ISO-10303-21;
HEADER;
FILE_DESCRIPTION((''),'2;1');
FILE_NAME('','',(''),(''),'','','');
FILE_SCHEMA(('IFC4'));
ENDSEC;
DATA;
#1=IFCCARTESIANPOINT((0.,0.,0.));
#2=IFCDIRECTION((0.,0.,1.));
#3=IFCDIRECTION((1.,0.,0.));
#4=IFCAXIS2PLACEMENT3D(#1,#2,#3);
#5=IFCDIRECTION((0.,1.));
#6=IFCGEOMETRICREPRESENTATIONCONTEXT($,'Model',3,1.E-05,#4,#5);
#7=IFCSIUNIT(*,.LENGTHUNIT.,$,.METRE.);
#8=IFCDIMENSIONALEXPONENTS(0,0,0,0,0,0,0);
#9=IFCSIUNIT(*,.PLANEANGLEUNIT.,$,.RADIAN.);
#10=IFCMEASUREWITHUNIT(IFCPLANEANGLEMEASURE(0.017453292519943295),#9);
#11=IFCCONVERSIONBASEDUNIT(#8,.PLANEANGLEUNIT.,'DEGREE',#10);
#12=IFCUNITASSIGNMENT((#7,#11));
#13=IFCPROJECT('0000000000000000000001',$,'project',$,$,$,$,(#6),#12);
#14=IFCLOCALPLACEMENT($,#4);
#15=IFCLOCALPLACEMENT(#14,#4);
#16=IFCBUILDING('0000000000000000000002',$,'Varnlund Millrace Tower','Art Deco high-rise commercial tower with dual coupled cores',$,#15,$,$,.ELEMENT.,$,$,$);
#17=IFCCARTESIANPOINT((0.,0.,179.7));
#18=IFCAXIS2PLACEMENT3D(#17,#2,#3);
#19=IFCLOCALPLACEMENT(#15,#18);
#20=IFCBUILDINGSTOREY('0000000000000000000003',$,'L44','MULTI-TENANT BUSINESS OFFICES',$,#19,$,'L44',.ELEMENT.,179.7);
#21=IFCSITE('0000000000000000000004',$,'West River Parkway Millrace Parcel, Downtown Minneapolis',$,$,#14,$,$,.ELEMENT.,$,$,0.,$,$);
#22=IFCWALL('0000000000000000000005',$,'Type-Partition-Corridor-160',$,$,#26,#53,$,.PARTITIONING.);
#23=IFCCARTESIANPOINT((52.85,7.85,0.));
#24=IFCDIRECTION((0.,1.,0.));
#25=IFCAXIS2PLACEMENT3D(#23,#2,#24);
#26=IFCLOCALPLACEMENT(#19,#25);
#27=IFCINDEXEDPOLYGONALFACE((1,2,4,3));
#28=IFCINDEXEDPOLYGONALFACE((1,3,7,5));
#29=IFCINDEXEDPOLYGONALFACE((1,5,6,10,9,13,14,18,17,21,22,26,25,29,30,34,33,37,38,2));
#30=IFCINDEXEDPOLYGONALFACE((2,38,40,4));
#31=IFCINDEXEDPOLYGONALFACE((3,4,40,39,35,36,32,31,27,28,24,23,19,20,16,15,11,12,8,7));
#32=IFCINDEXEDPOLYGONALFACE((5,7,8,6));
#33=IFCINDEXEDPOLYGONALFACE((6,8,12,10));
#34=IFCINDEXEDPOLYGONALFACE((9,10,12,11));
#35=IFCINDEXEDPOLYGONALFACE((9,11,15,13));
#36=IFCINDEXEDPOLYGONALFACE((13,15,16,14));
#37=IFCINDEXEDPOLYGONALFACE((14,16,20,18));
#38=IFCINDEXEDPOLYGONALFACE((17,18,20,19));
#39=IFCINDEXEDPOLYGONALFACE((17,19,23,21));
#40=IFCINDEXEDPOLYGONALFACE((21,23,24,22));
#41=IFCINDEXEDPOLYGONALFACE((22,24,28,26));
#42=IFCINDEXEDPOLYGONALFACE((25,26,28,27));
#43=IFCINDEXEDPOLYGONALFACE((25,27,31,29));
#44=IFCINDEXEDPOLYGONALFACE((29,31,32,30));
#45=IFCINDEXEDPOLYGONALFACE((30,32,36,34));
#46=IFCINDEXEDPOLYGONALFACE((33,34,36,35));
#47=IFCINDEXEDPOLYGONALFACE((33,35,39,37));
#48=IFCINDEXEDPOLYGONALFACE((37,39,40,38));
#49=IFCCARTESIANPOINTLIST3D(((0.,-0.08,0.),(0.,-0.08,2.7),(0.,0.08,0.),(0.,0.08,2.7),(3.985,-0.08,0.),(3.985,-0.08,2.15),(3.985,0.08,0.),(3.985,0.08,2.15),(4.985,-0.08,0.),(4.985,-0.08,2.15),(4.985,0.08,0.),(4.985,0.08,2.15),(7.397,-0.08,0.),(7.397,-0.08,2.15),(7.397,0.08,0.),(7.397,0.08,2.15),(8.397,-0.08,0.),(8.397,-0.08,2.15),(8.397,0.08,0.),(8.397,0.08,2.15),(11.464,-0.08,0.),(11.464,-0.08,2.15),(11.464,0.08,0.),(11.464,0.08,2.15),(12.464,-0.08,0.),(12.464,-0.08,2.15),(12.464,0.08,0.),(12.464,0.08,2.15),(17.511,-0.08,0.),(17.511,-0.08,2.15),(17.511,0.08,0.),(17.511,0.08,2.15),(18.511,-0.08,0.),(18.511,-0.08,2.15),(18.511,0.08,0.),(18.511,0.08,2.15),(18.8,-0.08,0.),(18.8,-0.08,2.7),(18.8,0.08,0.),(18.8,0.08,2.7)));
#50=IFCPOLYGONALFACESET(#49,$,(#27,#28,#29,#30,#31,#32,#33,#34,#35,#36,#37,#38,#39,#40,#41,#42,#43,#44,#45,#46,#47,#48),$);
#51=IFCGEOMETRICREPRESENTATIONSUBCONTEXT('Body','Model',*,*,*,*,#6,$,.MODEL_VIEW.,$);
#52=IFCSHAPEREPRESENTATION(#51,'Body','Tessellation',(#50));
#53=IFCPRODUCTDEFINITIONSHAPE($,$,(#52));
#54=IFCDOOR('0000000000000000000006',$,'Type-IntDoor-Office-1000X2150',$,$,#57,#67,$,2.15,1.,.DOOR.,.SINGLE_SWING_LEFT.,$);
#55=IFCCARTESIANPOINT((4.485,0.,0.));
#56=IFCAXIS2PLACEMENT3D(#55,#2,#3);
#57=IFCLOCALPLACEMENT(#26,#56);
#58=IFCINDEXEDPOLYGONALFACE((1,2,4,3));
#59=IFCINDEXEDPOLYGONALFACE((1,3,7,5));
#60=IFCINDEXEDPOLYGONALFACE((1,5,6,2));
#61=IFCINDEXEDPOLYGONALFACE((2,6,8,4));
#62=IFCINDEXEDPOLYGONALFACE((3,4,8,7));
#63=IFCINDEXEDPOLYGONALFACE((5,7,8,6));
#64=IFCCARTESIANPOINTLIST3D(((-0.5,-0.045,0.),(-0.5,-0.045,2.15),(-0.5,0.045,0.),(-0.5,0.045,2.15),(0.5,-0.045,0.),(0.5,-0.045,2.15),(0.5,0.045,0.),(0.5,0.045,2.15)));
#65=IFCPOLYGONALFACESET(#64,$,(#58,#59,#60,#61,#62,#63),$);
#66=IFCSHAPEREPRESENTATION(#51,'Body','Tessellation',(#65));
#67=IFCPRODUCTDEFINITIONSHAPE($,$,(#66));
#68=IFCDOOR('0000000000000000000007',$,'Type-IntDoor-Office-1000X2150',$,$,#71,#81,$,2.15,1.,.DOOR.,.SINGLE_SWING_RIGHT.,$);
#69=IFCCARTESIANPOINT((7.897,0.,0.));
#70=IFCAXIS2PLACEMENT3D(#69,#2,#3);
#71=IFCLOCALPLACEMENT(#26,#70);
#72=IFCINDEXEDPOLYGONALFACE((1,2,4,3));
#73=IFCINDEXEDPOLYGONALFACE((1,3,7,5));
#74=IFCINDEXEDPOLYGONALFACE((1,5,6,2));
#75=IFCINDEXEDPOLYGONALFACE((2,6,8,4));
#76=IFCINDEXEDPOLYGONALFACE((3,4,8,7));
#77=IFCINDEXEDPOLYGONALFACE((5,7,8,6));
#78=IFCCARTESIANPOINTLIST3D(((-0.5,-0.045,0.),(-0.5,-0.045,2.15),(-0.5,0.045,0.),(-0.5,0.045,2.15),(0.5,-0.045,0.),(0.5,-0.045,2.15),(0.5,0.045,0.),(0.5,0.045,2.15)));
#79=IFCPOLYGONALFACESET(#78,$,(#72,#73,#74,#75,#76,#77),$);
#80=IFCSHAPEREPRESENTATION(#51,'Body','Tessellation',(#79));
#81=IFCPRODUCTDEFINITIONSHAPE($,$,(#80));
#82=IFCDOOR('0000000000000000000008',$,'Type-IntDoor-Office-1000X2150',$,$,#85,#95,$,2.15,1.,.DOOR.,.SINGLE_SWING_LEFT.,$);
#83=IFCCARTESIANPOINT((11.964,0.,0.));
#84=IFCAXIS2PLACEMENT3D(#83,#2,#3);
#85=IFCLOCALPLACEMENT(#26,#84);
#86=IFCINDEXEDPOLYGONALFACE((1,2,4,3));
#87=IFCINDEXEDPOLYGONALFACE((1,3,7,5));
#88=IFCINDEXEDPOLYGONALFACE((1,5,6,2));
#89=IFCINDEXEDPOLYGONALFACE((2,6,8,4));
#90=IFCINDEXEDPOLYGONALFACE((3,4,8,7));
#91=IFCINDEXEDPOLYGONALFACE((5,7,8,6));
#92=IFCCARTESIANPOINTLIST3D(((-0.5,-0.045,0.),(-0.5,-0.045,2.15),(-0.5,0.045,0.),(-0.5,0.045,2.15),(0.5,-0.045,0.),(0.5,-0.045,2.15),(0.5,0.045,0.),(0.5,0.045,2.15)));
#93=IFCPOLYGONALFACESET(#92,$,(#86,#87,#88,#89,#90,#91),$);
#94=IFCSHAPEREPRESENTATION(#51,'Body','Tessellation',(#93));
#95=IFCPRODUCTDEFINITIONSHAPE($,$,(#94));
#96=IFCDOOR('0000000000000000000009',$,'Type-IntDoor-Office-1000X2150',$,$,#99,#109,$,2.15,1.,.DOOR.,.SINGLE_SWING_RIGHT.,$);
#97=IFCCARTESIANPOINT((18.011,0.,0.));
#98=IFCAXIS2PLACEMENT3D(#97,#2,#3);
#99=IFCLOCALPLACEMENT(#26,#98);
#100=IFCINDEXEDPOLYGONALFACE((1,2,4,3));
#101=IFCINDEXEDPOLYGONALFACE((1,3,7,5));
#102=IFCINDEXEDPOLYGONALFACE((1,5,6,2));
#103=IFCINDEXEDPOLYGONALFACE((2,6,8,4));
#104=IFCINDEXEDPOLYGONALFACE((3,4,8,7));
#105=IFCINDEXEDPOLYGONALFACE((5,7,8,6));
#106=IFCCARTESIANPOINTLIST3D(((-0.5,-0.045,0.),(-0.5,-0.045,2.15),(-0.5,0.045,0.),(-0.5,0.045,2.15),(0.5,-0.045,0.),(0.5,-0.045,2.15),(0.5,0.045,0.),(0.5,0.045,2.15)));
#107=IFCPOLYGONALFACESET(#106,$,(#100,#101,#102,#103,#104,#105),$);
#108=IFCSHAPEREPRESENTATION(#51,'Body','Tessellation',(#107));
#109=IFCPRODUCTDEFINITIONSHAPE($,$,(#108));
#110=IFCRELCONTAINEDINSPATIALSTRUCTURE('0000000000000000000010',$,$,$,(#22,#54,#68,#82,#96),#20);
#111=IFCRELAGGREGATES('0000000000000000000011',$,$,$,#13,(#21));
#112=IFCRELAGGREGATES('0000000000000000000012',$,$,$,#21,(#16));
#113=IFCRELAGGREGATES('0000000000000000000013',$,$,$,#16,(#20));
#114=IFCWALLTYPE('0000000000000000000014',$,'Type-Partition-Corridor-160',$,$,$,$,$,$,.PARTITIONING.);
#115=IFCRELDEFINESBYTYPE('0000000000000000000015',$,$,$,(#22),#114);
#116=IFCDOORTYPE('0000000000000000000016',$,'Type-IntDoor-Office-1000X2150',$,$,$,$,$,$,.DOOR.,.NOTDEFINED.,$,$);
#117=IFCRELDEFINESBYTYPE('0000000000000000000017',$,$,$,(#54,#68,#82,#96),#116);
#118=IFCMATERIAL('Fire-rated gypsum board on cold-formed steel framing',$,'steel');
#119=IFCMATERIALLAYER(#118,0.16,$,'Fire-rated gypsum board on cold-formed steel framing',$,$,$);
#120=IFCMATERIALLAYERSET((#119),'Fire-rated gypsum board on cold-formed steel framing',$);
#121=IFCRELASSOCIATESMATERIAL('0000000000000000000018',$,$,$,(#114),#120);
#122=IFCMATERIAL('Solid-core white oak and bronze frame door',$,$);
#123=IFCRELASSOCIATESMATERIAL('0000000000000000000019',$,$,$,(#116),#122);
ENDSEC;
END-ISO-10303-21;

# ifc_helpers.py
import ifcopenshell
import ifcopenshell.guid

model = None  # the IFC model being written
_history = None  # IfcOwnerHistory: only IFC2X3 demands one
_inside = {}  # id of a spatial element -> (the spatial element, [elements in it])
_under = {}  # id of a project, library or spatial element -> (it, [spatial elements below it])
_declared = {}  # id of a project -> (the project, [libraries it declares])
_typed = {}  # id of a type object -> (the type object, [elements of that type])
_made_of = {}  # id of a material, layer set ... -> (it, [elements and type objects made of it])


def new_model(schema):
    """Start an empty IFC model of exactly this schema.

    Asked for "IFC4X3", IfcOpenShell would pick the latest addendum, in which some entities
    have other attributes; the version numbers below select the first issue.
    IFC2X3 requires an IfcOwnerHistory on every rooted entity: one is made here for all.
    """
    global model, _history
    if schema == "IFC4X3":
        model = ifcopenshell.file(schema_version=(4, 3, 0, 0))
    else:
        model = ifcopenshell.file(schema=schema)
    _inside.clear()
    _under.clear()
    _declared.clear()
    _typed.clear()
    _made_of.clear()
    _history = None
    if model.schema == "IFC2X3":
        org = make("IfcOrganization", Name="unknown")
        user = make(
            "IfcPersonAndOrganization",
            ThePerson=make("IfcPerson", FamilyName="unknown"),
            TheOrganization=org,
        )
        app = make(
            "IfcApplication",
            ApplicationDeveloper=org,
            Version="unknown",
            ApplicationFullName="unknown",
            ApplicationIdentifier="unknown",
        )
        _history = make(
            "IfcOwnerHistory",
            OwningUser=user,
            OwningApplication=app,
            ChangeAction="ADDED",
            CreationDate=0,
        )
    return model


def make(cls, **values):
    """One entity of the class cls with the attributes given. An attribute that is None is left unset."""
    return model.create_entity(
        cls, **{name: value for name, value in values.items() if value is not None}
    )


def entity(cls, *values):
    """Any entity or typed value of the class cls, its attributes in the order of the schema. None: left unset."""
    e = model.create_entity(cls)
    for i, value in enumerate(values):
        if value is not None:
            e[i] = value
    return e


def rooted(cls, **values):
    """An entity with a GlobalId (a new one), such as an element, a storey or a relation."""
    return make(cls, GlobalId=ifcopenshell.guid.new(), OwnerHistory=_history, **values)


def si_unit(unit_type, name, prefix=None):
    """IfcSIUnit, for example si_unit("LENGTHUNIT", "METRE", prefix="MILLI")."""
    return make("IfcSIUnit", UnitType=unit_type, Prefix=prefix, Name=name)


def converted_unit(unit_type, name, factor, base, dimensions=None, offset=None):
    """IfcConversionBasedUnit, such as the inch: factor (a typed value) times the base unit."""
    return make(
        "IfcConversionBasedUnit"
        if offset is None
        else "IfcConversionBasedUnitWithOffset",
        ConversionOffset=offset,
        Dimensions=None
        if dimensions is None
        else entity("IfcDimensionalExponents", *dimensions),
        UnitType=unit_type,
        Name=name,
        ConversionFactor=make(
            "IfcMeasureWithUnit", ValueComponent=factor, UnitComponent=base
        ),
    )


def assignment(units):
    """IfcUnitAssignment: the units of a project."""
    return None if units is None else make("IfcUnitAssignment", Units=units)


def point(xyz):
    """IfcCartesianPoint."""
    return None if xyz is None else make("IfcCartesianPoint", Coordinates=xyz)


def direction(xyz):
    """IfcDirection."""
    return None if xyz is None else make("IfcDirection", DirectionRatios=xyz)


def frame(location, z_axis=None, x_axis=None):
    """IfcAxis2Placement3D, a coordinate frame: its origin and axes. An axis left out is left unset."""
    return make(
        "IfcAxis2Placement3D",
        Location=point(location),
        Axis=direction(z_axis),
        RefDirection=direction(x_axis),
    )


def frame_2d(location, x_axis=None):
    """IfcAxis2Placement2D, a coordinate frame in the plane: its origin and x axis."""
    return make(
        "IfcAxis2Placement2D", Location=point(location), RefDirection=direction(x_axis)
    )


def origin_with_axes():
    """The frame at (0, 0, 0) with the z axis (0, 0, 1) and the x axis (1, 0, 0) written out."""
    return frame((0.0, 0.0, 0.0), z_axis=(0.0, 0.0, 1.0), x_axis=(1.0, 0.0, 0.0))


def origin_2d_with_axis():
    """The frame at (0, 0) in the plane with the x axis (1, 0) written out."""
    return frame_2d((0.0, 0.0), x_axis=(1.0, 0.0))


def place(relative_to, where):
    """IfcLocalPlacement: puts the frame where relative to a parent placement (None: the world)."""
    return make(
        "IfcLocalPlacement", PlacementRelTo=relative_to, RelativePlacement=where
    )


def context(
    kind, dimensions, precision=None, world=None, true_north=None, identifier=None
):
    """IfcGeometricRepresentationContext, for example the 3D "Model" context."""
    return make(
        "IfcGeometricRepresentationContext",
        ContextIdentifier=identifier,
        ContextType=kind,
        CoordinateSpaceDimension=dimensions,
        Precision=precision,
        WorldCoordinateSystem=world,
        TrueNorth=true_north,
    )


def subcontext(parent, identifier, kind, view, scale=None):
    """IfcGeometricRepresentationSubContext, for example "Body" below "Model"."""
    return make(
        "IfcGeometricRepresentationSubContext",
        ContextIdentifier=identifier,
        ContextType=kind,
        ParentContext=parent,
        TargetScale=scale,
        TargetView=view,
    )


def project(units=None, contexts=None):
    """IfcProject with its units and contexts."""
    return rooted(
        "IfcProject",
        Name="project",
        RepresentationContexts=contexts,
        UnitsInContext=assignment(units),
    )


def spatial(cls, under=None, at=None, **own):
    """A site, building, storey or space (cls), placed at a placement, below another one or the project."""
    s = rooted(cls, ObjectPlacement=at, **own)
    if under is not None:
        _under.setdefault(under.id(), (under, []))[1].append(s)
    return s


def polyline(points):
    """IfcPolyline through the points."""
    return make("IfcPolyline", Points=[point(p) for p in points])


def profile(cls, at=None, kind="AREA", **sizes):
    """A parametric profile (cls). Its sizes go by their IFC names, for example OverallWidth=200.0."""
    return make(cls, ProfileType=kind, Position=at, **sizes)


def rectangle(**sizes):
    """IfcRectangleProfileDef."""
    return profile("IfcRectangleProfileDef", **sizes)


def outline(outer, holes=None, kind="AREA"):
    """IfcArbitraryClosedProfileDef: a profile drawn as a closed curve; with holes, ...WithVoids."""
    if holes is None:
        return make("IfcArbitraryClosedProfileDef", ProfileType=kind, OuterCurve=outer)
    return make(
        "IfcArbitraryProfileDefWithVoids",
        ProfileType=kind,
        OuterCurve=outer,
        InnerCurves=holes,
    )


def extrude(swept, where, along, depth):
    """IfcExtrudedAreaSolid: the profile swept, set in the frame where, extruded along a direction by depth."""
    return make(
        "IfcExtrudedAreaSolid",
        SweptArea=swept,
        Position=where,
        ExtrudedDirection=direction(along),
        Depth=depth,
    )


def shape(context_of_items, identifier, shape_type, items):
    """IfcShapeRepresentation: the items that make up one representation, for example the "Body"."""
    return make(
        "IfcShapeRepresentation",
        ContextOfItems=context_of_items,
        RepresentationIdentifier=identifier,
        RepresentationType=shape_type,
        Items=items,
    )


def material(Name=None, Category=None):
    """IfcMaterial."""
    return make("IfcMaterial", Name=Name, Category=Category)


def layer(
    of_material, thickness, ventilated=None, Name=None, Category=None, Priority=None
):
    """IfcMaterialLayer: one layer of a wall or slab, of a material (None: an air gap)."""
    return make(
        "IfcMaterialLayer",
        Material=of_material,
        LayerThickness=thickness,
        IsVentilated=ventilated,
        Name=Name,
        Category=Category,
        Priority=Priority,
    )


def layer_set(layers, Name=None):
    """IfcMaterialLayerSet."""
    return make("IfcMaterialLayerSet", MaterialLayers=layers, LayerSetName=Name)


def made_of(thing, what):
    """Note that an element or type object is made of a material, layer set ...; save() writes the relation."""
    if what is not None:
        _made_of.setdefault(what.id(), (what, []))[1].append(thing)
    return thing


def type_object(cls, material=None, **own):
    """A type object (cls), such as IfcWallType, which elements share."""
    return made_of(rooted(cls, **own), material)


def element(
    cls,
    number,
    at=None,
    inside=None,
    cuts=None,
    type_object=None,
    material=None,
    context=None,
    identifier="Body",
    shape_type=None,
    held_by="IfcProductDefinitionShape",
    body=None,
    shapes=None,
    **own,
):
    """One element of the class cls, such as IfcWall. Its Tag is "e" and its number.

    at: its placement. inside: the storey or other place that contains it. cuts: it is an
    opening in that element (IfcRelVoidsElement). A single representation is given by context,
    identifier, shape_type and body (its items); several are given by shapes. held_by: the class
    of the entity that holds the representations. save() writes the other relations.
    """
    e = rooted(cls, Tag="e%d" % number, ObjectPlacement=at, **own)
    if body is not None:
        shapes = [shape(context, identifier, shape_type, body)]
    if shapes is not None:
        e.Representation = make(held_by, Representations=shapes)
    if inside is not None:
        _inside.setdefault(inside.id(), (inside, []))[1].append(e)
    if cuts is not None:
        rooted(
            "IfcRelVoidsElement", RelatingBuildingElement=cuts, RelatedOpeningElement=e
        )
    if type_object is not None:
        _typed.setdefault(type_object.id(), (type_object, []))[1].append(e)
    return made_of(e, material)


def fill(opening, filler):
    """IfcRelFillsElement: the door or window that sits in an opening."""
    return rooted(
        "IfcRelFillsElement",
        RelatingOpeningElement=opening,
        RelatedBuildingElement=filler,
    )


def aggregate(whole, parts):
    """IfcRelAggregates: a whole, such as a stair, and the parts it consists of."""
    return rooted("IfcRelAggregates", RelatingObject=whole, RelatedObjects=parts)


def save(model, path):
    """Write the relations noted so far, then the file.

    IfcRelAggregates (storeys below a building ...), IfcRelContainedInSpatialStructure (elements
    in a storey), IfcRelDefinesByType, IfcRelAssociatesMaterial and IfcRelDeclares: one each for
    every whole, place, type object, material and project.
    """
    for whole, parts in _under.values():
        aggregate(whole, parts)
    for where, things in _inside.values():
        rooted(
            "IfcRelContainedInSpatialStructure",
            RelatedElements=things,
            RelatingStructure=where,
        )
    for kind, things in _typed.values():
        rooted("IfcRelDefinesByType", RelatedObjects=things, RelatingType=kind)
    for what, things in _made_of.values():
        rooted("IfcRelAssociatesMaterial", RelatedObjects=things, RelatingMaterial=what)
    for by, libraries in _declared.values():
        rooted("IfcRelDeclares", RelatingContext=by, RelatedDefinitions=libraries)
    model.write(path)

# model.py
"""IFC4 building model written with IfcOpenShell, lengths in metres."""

from ifc_helpers import new_model, entity, si_unit, converted_unit, direction, frame, origin_with_axes, origin_2d_with_axis, place, context, subcontext, project, spatial, polyline, rectangle, outline, extrude, material, layer, layer_set, type_object, element, fill, save


model = new_model("IFC4")

# Units and contexts
model_context = context("Model", 3, precision=1e-05, world=origin_with_axes(), true_north=direction((0.0, 1.0)))
body_context = subcontext(model_context, "Body", "Model", "MODEL_VIEW")
ifc_project = project(units=[si_unit("LENGTHUNIT", "METRE"), converted_unit("PLANEANGLEUNIT", "DEGREE", entity("IfcPlaneAngleMeasure", 0.017453292519943295), si_unit("PLANEANGLEUNIT", "RADIAN"), dimensions=[0, 0, 0, 0, 0, 0, 0])], contexts=[model_context])

# Site, building, storey
site_placement = place(None, origin_with_axes())
site = spatial("IfcSite", under=ifc_project, at=site_placement, Name="West River Parkway Millrace Parcel, Downtown Minneapolis", CompositionType="ELEMENT", RefElevation=0.0)
building_placement = place(site_placement, origin_with_axes())
building = spatial("IfcBuilding", under=site, at=building_placement, Name="Varnlund Millrace Tower", Description="Art Deco high-rise commercial tower with dual coupled cores", CompositionType="ELEMENT")
storey_placement = place(building_placement, frame((0.0, 0.0, 179.7), z_axis=(0.0, 0.0, 1.0), x_axis=(1.0, 0.0, 0.0)))
storey = spatial("IfcBuildingStorey", under=building, at=storey_placement, Name="L44", Description="MULTI-TENANT BUSINESS OFFICES", LongName="L44", CompositionType="ELEMENT", Elevation=179.7)

# Wall, openings, doors
ifc_material_1 = material(Name="Fire-rated gypsum board on cold-formed steel framing", Category="steel")
ifc_layer_1 = layer(ifc_material_1, 0.16, Name="Fire-rated gypsum board on cold-formed steel framing")
ifc_layer_set_1 = layer_set([ifc_layer_1], Name="Fire-rated gypsum board on cold-formed steel framing")
wall_type_1 = type_object("IfcWallType", Name="Type-Partition-Corridor-160", PredefinedType="PARTITIONING", material=ifc_layer_set_1)
wall_1_placement = place(storey_placement, frame((52.85, 7.85, 0.0), z_axis=(0.0, 0.0, 1.0), x_axis=(0.0, 1.0, 0.0)))
wall_1 = element("IfcWall", 1, at=wall_1_placement, inside=storey, type_object=wall_type_1, Name="Type-Partition-Corridor-160", PredefinedType="PARTITIONING", context=body_context, shape_type="SweptSolid", body=[
    extrude(outline(polyline([(0.0, -0.08), (18.8, -0.08), (18.8, 0.08), (0.0, 0.08), (0.0, -0.08)])), origin_with_axes(), (0.0, 0.0, 1.0), 2.7),
])
opening_1_placement = place(wall_1_placement, frame((4.485, 0.0, 0.0), z_axis=(0.0, 0.0, 1.0), x_axis=(1.0, 0.0, 0.0)))
opening_1 = element("IfcOpeningElement", 2, at=opening_1_placement, cuts=wall_1, PredefinedType="OPENING", context=body_context, shape_type="SweptSolid", body=[
    extrude(rectangle(XDim=1.0, YDim=0.18, at=origin_2d_with_axis()), origin_with_axes(), (0.0, 0.0, 1.0), 2.15),
])
opening_2_placement = place(wall_1_placement, frame((7.897, 0.0, 0.0), z_axis=(0.0, 0.0, 1.0), x_axis=(1.0, 0.0, 0.0)))
opening_2 = element("IfcOpeningElement", 3, at=opening_2_placement, cuts=wall_1, PredefinedType="OPENING", context=body_context, shape_type="SweptSolid", body=[
    extrude(rectangle(XDim=1.0, YDim=0.18, at=origin_2d_with_axis()), origin_with_axes(), (0.0, 0.0, 1.0), 2.15),
])
opening_3_placement = place(wall_1_placement, frame((11.964, 0.0, 0.0), z_axis=(0.0, 0.0, 1.0), x_axis=(1.0, 0.0, 0.0)))
opening_3 = element("IfcOpeningElement", 4, at=opening_3_placement, cuts=wall_1, PredefinedType="OPENING", context=body_context, shape_type="SweptSolid", body=[
    extrude(rectangle(XDim=1.0, YDim=0.18, at=origin_2d_with_axis()), origin_with_axes(), (0.0, 0.0, 1.0), 2.15),
])
opening_4_placement = place(wall_1_placement, frame((18.011, 0.0, 0.0), z_axis=(0.0, 0.0, 1.0), x_axis=(1.0, 0.0, 0.0)))
opening_4 = element("IfcOpeningElement", 5, at=opening_4_placement, cuts=wall_1, PredefinedType="OPENING", context=body_context, shape_type="SweptSolid", body=[
    extrude(rectangle(XDim=1.0, YDim=0.18, at=origin_2d_with_axis()), origin_with_axes(), (0.0, 0.0, 1.0), 2.15),
])
ifc_material_2 = material(Name="Solid-core white oak and bronze frame door")
door_type = type_object("IfcDoorType", Name="Type-IntDoor-Office-1000X2150", OperationType="NOTDEFINED", PredefinedType="DOOR", material=ifc_material_2)
door_1_placement = place(wall_1_placement, frame((4.485, 0.0, 0.0), z_axis=(0.0, 0.0, 1.0), x_axis=(1.0, 0.0, 0.0)))
door_1 = element("IfcDoor", 6, at=door_1_placement, inside=storey, type_object=door_type, Name="Type-IntDoor-Office-1000X2150", OperationType="SINGLE_SWING_LEFT", OverallHeight=2.15, OverallWidth=1.0, PredefinedType="DOOR", context=body_context, shape_type="SweptSolid", body=[
    extrude(rectangle(XDim=1.0, YDim=0.09, at=origin_2d_with_axis()), origin_with_axes(), (0.0, 0.0, 1.0), 2.15),
])
fill(opening_1, door_1)
door_2_placement = place(wall_1_placement, frame((7.897, 0.0, 0.0), z_axis=(0.0, 0.0, 1.0), x_axis=(1.0, 0.0, 0.0)))
door_2 = element("IfcDoor", 7, at=door_2_placement, inside=storey, type_object=door_type, Name="Type-IntDoor-Office-1000X2150", OperationType="SINGLE_SWING_RIGHT", OverallHeight=2.15, OverallWidth=1.0, PredefinedType="DOOR", context=body_context, shape_type="SweptSolid", body=[
    extrude(rectangle(XDim=1.0, YDim=0.09, at=origin_2d_with_axis()), origin_with_axes(), (0.0, 0.0, 1.0), 2.15),
])
fill(opening_2, door_2)
door_3_placement = place(wall_1_placement, frame((11.964, 0.0, 0.0), z_axis=(0.0, 0.0, 1.0), x_axis=(1.0, 0.0, 0.0)))
door_3 = element("IfcDoor", 8, at=door_3_placement, inside=storey, type_object=door_type, Name="Type-IntDoor-Office-1000X2150", OperationType="SINGLE_SWING_LEFT", OverallHeight=2.15, OverallWidth=1.0, PredefinedType="DOOR", context=body_context, shape_type="SweptSolid", body=[
    extrude(rectangle(XDim=1.0, YDim=0.09, at=origin_2d_with_axis()), origin_with_axes(), (0.0, 0.0, 1.0), 2.15),
])
fill(opening_3, door_3)
door_4_placement = place(wall_1_placement, frame((18.011, 0.0, 0.0), z_axis=(0.0, 0.0, 1.0), x_axis=(1.0, 0.0, 0.0)))
door_4 = element("IfcDoor", 9, at=door_4_placement, inside=storey, type_object=door_type, Name="Type-IntDoor-Office-1000X2150", OperationType="SINGLE_SWING_RIGHT", OverallHeight=2.15, OverallWidth=1.0, PredefinedType="DOOR", context=body_context, shape_type="SweptSolid", body=[
    extrude(rectangle(XDim=1.0, YDim=0.09, at=origin_2d_with_axis()), origin_with_axes(), (0.0, 0.0, 1.0), 2.15),
])
fill(opening_4, door_4)

save(model, "model.ifc")
